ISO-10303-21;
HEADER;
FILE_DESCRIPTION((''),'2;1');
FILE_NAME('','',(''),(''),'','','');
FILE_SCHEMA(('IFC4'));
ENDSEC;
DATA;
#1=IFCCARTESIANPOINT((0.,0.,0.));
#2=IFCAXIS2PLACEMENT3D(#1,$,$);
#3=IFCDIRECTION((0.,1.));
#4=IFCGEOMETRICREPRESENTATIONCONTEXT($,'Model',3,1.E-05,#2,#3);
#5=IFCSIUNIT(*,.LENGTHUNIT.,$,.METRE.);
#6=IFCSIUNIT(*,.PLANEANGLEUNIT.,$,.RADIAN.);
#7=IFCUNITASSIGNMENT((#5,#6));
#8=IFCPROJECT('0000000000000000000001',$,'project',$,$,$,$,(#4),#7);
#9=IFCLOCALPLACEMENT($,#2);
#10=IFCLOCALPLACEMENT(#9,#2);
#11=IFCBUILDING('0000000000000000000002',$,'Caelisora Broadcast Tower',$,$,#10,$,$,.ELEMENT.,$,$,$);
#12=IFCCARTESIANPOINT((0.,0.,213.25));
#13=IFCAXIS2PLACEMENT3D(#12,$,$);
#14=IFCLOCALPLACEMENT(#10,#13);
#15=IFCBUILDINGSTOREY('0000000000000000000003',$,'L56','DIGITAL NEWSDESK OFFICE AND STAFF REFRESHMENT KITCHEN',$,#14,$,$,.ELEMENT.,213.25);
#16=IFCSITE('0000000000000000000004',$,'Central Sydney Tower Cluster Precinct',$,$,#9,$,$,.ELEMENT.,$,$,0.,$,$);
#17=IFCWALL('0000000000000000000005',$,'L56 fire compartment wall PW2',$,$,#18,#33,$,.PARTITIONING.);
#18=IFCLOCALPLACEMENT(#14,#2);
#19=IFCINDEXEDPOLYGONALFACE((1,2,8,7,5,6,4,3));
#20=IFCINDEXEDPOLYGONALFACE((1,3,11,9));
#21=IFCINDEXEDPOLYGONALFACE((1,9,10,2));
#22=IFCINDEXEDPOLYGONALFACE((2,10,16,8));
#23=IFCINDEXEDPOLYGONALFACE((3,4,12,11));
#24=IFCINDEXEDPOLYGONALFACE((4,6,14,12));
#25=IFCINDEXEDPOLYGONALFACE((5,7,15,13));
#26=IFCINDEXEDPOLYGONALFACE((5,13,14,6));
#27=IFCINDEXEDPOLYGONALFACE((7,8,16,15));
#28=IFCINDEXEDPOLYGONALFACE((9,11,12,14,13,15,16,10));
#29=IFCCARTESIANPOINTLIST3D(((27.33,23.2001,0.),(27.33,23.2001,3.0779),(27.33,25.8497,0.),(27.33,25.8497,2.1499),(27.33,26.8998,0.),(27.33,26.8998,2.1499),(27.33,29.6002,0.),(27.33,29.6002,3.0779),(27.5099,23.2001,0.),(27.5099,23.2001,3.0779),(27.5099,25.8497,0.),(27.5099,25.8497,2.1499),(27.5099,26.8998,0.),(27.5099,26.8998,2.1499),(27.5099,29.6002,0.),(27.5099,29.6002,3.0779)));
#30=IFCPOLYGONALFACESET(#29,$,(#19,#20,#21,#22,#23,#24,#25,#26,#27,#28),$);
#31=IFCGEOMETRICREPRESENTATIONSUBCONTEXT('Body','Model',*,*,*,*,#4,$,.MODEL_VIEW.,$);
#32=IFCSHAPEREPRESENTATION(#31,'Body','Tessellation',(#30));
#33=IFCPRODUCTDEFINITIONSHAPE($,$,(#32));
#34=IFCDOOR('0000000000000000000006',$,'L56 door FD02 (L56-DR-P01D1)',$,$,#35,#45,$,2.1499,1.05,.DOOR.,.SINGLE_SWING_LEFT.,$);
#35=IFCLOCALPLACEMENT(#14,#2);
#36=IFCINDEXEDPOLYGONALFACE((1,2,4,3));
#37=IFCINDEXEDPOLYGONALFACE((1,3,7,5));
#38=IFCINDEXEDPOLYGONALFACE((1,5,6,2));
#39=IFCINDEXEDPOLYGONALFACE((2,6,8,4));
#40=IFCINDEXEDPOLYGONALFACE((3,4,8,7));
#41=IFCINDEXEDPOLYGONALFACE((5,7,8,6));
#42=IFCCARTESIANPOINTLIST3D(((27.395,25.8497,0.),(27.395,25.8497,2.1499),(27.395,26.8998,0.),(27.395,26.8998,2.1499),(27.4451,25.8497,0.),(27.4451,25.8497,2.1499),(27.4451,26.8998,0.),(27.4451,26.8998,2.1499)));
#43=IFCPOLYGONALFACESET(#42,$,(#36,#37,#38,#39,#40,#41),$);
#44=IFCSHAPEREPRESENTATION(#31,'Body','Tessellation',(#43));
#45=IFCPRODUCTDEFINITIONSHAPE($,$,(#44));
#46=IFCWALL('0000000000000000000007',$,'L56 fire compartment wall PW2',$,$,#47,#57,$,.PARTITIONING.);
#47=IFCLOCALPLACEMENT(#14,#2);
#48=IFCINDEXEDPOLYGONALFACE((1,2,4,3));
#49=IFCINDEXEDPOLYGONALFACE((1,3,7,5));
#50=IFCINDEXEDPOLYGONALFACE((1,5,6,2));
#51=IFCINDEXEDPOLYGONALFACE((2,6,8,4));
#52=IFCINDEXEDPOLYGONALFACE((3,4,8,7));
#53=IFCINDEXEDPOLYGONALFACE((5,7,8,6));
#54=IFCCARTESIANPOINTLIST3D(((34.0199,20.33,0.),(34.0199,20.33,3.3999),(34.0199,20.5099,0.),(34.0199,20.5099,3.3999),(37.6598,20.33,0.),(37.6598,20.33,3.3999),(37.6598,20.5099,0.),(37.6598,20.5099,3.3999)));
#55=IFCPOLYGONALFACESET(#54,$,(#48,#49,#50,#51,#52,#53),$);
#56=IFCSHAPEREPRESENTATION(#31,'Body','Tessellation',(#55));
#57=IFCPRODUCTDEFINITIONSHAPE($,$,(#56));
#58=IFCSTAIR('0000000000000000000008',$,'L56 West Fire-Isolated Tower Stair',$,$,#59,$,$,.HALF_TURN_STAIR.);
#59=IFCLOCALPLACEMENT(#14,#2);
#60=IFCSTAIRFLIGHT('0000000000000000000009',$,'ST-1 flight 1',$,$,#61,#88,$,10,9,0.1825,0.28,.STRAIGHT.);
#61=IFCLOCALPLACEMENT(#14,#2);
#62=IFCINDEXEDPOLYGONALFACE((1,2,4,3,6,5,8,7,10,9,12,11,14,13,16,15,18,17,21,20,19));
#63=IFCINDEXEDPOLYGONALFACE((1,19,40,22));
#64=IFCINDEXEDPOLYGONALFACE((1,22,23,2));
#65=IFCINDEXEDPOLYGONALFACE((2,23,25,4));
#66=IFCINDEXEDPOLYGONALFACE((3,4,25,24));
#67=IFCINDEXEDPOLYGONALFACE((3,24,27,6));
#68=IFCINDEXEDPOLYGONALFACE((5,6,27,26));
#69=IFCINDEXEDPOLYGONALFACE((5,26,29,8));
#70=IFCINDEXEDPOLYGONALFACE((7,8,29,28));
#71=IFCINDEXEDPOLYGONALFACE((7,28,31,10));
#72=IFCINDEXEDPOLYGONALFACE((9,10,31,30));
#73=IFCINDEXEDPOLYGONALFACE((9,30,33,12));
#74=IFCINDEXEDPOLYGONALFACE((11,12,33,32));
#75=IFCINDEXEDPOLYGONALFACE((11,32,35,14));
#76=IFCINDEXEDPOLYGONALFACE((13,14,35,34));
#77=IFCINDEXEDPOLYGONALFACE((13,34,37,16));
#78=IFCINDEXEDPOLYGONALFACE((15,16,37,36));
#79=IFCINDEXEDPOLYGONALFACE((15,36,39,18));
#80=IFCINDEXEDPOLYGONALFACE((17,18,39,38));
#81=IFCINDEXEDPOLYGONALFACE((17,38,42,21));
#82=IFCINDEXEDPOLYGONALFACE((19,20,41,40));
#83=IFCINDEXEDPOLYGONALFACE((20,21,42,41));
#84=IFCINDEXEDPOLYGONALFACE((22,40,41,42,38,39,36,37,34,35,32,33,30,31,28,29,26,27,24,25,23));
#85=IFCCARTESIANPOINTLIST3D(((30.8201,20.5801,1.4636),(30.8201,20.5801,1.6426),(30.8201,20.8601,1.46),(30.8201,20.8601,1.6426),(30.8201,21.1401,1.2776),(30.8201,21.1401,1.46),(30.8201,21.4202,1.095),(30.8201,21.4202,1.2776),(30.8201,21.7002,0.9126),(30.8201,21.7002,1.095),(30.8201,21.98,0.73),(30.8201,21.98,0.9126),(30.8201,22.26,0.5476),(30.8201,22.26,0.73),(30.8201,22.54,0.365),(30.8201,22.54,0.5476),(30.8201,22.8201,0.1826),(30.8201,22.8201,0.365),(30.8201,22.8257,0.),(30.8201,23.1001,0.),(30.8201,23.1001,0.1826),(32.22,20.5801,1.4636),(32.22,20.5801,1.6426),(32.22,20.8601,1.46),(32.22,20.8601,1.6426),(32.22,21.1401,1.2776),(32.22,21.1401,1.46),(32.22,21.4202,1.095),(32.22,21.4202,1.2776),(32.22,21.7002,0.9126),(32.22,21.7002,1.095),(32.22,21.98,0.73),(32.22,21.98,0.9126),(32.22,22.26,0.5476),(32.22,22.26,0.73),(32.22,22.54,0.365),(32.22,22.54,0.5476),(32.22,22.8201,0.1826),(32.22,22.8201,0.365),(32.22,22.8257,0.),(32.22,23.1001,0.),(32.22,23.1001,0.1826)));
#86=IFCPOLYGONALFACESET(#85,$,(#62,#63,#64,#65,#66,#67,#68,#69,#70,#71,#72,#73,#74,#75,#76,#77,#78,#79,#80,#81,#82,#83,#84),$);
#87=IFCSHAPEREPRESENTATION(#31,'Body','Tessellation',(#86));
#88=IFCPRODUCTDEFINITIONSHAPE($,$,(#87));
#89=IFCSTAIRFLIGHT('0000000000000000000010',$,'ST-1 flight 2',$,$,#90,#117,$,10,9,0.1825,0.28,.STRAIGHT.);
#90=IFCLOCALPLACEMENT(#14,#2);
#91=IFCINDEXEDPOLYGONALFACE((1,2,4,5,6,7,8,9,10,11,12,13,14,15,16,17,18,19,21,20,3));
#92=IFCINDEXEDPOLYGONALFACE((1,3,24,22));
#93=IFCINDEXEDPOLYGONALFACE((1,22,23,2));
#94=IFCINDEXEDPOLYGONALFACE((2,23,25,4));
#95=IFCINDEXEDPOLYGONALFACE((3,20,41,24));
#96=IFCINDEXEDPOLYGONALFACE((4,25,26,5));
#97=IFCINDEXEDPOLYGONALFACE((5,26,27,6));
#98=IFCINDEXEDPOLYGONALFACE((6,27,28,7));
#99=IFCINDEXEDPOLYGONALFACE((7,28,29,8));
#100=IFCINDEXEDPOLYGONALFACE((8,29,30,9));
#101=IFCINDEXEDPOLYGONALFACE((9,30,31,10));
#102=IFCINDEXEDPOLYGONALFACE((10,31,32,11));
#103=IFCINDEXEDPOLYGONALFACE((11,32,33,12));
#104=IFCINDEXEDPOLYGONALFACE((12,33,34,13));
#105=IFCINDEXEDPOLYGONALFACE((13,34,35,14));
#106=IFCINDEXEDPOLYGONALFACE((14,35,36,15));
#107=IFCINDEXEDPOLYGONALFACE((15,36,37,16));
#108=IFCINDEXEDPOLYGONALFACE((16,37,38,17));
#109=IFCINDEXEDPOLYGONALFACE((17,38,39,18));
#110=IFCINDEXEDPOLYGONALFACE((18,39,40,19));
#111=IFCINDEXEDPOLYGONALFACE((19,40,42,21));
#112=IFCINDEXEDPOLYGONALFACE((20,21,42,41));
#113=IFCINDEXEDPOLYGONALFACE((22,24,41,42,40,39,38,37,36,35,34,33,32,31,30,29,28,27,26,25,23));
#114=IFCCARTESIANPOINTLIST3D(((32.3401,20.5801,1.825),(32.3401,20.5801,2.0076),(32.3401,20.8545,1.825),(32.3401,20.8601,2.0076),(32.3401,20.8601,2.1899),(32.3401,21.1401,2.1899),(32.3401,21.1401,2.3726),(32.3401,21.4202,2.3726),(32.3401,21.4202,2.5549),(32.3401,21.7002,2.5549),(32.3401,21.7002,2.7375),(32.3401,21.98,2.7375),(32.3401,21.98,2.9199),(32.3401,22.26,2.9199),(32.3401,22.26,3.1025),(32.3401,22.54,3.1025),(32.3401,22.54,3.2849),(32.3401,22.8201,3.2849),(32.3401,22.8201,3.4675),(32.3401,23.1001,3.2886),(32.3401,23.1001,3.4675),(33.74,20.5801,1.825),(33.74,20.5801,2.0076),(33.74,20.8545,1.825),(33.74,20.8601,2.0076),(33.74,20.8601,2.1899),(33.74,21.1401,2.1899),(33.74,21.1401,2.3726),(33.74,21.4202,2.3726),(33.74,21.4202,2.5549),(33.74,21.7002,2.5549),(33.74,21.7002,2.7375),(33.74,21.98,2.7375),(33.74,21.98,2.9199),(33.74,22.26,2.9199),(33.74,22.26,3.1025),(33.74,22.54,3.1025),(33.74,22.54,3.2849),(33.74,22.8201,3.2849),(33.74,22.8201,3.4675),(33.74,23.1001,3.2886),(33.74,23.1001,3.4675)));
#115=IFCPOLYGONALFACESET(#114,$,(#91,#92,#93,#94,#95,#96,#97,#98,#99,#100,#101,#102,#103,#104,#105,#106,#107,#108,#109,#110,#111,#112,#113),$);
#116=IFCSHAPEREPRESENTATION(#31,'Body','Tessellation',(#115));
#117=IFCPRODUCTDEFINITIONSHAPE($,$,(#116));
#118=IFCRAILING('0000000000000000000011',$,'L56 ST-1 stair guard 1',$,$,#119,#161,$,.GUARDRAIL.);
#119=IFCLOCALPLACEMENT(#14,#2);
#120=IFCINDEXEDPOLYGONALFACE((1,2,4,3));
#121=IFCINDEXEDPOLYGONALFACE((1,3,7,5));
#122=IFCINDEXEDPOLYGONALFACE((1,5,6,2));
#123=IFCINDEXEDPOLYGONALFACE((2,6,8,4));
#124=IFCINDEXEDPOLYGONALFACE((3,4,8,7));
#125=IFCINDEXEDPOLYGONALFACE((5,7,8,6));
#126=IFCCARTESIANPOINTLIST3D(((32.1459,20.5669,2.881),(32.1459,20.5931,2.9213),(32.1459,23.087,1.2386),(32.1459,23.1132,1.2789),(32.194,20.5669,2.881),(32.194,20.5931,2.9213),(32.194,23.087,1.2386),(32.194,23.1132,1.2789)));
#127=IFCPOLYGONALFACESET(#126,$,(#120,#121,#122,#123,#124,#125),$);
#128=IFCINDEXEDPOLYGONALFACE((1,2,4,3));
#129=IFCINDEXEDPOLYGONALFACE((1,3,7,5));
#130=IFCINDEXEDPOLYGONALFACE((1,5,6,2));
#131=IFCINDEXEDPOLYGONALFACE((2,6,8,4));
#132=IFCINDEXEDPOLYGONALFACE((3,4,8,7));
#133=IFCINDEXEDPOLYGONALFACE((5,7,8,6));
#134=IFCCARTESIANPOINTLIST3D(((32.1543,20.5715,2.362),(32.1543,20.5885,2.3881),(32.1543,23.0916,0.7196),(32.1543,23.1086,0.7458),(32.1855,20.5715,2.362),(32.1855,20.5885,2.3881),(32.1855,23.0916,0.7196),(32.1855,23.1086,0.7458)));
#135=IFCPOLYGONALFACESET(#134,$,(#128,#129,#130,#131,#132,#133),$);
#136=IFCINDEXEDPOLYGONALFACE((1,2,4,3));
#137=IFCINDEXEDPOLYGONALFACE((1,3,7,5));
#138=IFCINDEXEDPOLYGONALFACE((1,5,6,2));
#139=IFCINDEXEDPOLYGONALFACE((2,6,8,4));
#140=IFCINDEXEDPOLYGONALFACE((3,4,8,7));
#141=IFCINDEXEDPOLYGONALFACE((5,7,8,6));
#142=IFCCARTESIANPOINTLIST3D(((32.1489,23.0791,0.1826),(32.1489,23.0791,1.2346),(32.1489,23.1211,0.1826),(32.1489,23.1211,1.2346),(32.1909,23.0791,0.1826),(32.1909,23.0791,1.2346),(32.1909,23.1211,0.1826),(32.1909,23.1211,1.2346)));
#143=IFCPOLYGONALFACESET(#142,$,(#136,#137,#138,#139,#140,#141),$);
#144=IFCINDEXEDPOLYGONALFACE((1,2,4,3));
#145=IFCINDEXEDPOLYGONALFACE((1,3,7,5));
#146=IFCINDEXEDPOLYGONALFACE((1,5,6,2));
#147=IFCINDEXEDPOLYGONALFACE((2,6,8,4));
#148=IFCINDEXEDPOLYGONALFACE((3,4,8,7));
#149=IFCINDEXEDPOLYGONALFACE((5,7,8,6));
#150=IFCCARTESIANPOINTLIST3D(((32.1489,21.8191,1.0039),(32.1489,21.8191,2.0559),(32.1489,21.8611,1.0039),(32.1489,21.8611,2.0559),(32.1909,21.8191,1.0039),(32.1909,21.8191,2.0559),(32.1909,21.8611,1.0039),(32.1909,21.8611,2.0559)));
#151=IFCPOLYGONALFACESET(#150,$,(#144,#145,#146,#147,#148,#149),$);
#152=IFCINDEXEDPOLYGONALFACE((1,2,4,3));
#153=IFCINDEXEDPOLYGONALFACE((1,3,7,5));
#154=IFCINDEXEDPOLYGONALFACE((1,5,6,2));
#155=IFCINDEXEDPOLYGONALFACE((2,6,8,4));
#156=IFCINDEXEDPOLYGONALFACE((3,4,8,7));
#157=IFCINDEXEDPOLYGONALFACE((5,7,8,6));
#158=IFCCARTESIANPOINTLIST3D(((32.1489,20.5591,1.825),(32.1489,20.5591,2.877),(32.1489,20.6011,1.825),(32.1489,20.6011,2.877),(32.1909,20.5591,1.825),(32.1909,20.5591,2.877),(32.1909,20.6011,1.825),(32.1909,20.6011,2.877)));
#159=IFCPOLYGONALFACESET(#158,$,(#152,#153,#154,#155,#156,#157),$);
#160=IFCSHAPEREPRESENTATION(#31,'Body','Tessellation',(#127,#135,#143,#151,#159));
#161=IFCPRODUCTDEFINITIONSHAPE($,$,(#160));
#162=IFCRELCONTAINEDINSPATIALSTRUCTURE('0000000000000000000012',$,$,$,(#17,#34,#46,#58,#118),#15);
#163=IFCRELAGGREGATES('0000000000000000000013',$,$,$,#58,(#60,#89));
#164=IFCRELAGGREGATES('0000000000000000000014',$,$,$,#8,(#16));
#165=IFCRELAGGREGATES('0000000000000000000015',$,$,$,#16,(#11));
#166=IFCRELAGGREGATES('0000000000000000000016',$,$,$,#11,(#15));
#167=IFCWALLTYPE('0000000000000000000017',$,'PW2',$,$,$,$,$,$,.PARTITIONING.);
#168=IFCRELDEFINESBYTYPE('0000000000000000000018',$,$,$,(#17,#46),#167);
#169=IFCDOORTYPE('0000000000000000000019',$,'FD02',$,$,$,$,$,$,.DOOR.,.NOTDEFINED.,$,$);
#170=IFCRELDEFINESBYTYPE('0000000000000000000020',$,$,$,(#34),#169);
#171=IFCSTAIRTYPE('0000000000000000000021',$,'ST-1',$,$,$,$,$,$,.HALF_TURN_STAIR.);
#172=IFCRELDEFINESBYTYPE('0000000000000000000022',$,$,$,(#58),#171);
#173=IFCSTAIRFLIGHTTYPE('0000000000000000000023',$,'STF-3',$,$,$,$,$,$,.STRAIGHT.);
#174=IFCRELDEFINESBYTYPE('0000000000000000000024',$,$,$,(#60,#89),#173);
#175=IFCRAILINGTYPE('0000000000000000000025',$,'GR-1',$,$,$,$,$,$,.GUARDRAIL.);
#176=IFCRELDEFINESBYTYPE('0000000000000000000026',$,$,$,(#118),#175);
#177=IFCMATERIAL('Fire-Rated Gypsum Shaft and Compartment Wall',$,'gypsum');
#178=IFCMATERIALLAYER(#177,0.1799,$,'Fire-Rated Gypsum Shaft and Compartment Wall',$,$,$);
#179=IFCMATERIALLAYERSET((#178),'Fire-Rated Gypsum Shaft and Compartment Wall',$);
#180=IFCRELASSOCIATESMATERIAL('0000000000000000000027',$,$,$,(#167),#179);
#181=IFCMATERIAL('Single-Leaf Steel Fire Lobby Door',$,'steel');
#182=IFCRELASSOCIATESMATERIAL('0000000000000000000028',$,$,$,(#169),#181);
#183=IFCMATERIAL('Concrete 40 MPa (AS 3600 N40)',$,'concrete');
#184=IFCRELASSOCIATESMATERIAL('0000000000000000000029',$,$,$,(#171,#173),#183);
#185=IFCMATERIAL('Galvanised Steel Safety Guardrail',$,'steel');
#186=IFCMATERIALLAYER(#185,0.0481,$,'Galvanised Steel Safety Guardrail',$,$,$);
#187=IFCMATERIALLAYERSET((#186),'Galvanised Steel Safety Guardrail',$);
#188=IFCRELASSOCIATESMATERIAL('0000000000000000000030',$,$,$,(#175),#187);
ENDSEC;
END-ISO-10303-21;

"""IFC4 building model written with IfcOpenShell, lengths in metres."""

from ifc_helpers import new_model, si_unit, direction, frame, frame_2d, origin, origin_2d, place, context, subcontext, project, spatial, polyline, rectangle, outline, extrude, material, layer, layer_set, type_object, element, fill, aggregate, save


model = new_model("IFC4")

# Units and contexts
model_context = context("Model", 3, precision=1e-05, world=origin(), true_north=direction((0.0, 1.0)))
body_context = subcontext(model_context, "Body", "Model", "MODEL_VIEW")
ifc_project = project(units=[si_unit("LENGTHUNIT", "METRE"), si_unit("PLANEANGLEUNIT", "RADIAN")], contexts=[model_context])

# Site, building, storey
site_placement = place(None, origin())
site = spatial("IfcSite", under=ifc_project, at=site_placement, Name="Central Sydney Tower Cluster Precinct", CompositionType="ELEMENT", RefElevation=0.0)
building_placement = place(site_placement, origin())
building = spatial("IfcBuilding", under=site, at=building_placement, Name="Caelisora Broadcast Tower", CompositionType="ELEMENT")
storey_placement = place(building_placement, frame((0.0, 0.0, 213.25)))
storey = spatial("IfcBuildingStorey", under=building, at=storey_placement, Name="L56", Description="DIGITAL NEWSDESK OFFICE AND STAFF REFRESHMENT KITCHEN", CompositionType="ELEMENT", Elevation=213.25)

# Wall, opening, door
ifc_material_1 = material(Name="Fire-Rated Gypsum Shaft and Compartment Wall", Category="gypsum")
ifc_layer_1 = layer(ifc_material_1, 0.1799, Name="Fire-Rated Gypsum Shaft and Compartment Wall")
ifc_layer_set_1 = layer_set([ifc_layer_1], Name="Fire-Rated Gypsum Shaft and Compartment Wall")
wall_type_1 = type_object("IfcWallType", Name="PW2", PredefinedType="PARTITIONING", material=ifc_layer_set_1)
wall_1_placement = place(storey_placement, frame((27.4199, 23.2, 0.0), z_axis=(0.0, 0.0, 1.0), x_axis=(0.0, 1.0, 0.0)))
wall_1 = element("IfcWall", 1, at=wall_1_placement, inside=storey, type_object=wall_type_1, Name="L56 fire compartment wall PW2", PredefinedType="PARTITIONING", context=body_context, shape_type="SweptSolid", body=[
    extrude(rectangle(XDim=6.4001, YDim=0.1799, at=frame_2d((3.2002, 0.0))), origin(), (0.0, 0.0, 1.0), 3.0779),
])
opening_1_placement = place(wall_1_placement, frame((2.6499, 0.0, 0.0)))
opening_1 = element("IfcOpeningElement", 2, at=opening_1_placement, cuts=wall_1, PredefinedType="OPENING", context=body_context, shape_type="SweptSolid", body=[
    extrude(rectangle(XDim=1.05, YDim=2.1499, at=frame_2d((0.5249, 1.075))), frame((0.0, 0.1021, 0.0), z_axis=(0.0, -1.0, 0.0), x_axis=(1.0, 0.0, 0.0)), (0.0, 0.0, 1.0), 0.2039),
])
ifc_material_2 = material(Name="Single-Leaf Steel Fire Lobby Door", Category="steel")
door_type_1 = type_object("IfcDoorType", Name="FD02", OperationType="NOTDEFINED", PredefinedType="DOOR", material=ifc_material_2)
door_1_placement = place(opening_1_placement, origin())
door_1 = element("IfcDoor", 3, at=door_1_placement, inside=storey, type_object=door_type_1, Name="L56 door FD02 (L56-DR-P01D1)", OperationType="SINGLE_SWING_LEFT", OverallHeight=2.1499, OverallWidth=1.05, PredefinedType="DOOR", context=body_context, shape_type="SweptSolid", body=[
    extrude(rectangle(XDim=1.05, YDim=2.1499, at=frame_2d((0.5249, 1.075))), frame((0.0, 0.0249, 0.0), z_axis=(0.0, -1.0, 0.0), x_axis=(1.0, 0.0, 0.0)), (0.0, 0.0, 1.0), 0.05),
])
fill(opening_1, door_1)

# Wall
wall_2_placement = place(storey_placement, frame((34.02, 20.4199, 0.0), z_axis=(0.0, 0.0, 1.0), x_axis=(1.0, 0.0, 0.0)))
element("IfcWall", 4, at=wall_2_placement, inside=storey, type_object=wall_type_1, Name="L56 fire compartment wall PW2", PredefinedType="PARTITIONING", context=body_context, shape_type="SweptSolid", body=[
    extrude(rectangle(XDim=3.6399, YDim=0.1799, at=frame_2d((1.8198, 0.0))), origin(), (0.0, 0.0, 1.0), 3.3999),
])

# Stair, stair flights
ifc_material_3 = material(Name="Concrete 40 MPa (AS 3600 N40)", Category="concrete")
stair_type = type_object("IfcStairType", Name="ST-1", PredefinedType="HALF_TURN_STAIR", material=ifc_material_3)
stair_placement = place(storey_placement, origin())
stair = element("IfcStair", 5, at=stair_placement, inside=storey, type_object=stair_type, Name="L56 West Fire-Isolated Tower Stair", PredefinedType="HALF_TURN_STAIR")
stair_flight_type = type_object("IfcStairFlightType", Name="STF-3", PredefinedType="STRAIGHT", material=ifc_material_3)
stair_flight_1_placement = place(storey_placement, frame((31.52, 23.1001, 0.0), z_axis=(0.0, 0.0, 1.0), x_axis=(0.0, -1.0, 0.0)))
stair_flight_1 = element("IfcStairFlight", 6, at=stair_flight_1_placement, type_object=stair_flight_type, Name="ST-1 flight 1", NumberOfRisers=10, NumberOfTreads=9, PredefinedType="STRAIGHT", RiserHeight=0.1825, TreadLength=0.28, context=body_context, shape_type="SweptSolid", body=[
    extrude(outline(polyline([(0.0, 0.0), (0.0, 0.1826), (0.28, 0.1826), (0.28, 0.365), (0.5601, 0.365), (0.5601, 0.5476), (0.8401, 0.5476), (0.8401, 0.73), (1.1201, 0.73), (1.1201, 0.9126), (1.3999, 0.9126), (1.3999, 1.095), (1.6799, 1.095), (1.6799, 1.2776), (1.96, 1.2776), (1.96, 1.46), (2.24, 1.46), (2.24, 1.6426), (2.52, 1.6426), (2.52, 1.825), (2.52, 1.4636), (0.2744, 0.0), (0.0, 0.0)])), frame((0.0, 0.7, 0.0), z_axis=(0.0, -1.0, 0.0), x_axis=(1.0, 0.0, 0.0)), (0.0, 0.0, 1.0), 1.3999),
])
stair_flight_2_placement = place(storey_placement, frame((33.04, 20.5801, 1.825), z_axis=(0.0, 0.0, 1.0), x_axis=(0.0, 1.0, 0.0)))
stair_flight_2 = element("IfcStairFlight", 7, at=stair_flight_2_placement, type_object=stair_flight_type, Name="ST-1 flight 2", NumberOfRisers=10, NumberOfTreads=9, PredefinedType="STRAIGHT", RiserHeight=0.1825, TreadLength=0.28, context=body_context, shape_type="SweptSolid", body=[
    extrude(outline(polyline([(0.0, 0.0), (0.0, 0.1826), (0.28, 0.1826), (0.28, 0.365), (0.5601, 0.365), (0.5601, 0.5476), (0.8401, 0.5476), (0.8401, 0.73), (1.1201, 0.73), (1.1201, 0.9126), (1.3999, 0.9126), (1.3999, 1.095), (1.6799, 1.095), (1.6799, 1.2776), (1.96, 1.2776), (1.96, 1.46), (2.24, 1.46), (2.24, 1.6426), (2.52, 1.6426), (2.52, 1.825), (2.52, 1.4636), (0.2744, 0.0), (0.0, 0.0)])), frame((0.0, 0.7, 0.0), z_axis=(0.0, -1.0, 0.0), x_axis=(1.0, 0.0, 0.0)), (0.0, 0.0, 1.0), 1.3999),
])
aggregate(stair, [stair_flight_1, stair_flight_2])

# Railing
ifc_material_4 = material(Name="Galvanised Steel Safety Guardrail", Category="steel")
ifc_layer_2 = layer(ifc_material_4, 0.0481, Name="Galvanised Steel Safety Guardrail")
ifc_layer_set_2 = layer_set([ifc_layer_2], Name="Galvanised Steel Safety Guardrail")
railing_type_1 = type_object("IfcRailingType", Name="GR-1", PredefinedType="GUARDRAIL", material=ifc_layer_set_2)
railing_1_placement = place(storey_placement, frame((32.1699, 23.1001, 0.1826)))
element("IfcRailing", 8, at=railing_1_placement, inside=storey, type_object=railing_type_1, Name="L56 ST-1 stair guard 1", PredefinedType="GUARDRAIL", context=body_context, shape_type="SweptSolid", body=[
    extrude(rectangle(XDim=0.0481, YDim=0.0481, at=origin_2d()), frame((0.0, 0.0, 1.0762), z_axis=(0.0, -0.837787, 0.545998), x_axis=(1.0, 0.0, 0.0)), (0.0, 0.0, 1.0), 3.0081),
    extrude(rectangle(XDim=0.0312, YDim=0.0312, at=origin_2d()), frame((0.0, 0.0, 0.55), z_axis=(0.0, -0.837787, 0.545998), x_axis=(1.0, 0.0, 0.0)), (0.0, 0.0, 1.0), 3.0081),
    extrude(rectangle(XDim=0.042, YDim=0.042, at=origin_2d()), origin(), (0.0, 0.0, 1.0), 1.052),
    extrude(rectangle(XDim=0.042, YDim=0.042, at=origin_2d()), frame((0.0, -1.26, 0.8213)), (0.0, 0.0, 1.0), 1.052),
    extrude(rectangle(XDim=0.042, YDim=0.042, at=origin_2d()), frame((0.0, -2.52, 1.6423)), (0.0, 0.0, 1.0), 1.052),
])

save(model, "model.ifc")
